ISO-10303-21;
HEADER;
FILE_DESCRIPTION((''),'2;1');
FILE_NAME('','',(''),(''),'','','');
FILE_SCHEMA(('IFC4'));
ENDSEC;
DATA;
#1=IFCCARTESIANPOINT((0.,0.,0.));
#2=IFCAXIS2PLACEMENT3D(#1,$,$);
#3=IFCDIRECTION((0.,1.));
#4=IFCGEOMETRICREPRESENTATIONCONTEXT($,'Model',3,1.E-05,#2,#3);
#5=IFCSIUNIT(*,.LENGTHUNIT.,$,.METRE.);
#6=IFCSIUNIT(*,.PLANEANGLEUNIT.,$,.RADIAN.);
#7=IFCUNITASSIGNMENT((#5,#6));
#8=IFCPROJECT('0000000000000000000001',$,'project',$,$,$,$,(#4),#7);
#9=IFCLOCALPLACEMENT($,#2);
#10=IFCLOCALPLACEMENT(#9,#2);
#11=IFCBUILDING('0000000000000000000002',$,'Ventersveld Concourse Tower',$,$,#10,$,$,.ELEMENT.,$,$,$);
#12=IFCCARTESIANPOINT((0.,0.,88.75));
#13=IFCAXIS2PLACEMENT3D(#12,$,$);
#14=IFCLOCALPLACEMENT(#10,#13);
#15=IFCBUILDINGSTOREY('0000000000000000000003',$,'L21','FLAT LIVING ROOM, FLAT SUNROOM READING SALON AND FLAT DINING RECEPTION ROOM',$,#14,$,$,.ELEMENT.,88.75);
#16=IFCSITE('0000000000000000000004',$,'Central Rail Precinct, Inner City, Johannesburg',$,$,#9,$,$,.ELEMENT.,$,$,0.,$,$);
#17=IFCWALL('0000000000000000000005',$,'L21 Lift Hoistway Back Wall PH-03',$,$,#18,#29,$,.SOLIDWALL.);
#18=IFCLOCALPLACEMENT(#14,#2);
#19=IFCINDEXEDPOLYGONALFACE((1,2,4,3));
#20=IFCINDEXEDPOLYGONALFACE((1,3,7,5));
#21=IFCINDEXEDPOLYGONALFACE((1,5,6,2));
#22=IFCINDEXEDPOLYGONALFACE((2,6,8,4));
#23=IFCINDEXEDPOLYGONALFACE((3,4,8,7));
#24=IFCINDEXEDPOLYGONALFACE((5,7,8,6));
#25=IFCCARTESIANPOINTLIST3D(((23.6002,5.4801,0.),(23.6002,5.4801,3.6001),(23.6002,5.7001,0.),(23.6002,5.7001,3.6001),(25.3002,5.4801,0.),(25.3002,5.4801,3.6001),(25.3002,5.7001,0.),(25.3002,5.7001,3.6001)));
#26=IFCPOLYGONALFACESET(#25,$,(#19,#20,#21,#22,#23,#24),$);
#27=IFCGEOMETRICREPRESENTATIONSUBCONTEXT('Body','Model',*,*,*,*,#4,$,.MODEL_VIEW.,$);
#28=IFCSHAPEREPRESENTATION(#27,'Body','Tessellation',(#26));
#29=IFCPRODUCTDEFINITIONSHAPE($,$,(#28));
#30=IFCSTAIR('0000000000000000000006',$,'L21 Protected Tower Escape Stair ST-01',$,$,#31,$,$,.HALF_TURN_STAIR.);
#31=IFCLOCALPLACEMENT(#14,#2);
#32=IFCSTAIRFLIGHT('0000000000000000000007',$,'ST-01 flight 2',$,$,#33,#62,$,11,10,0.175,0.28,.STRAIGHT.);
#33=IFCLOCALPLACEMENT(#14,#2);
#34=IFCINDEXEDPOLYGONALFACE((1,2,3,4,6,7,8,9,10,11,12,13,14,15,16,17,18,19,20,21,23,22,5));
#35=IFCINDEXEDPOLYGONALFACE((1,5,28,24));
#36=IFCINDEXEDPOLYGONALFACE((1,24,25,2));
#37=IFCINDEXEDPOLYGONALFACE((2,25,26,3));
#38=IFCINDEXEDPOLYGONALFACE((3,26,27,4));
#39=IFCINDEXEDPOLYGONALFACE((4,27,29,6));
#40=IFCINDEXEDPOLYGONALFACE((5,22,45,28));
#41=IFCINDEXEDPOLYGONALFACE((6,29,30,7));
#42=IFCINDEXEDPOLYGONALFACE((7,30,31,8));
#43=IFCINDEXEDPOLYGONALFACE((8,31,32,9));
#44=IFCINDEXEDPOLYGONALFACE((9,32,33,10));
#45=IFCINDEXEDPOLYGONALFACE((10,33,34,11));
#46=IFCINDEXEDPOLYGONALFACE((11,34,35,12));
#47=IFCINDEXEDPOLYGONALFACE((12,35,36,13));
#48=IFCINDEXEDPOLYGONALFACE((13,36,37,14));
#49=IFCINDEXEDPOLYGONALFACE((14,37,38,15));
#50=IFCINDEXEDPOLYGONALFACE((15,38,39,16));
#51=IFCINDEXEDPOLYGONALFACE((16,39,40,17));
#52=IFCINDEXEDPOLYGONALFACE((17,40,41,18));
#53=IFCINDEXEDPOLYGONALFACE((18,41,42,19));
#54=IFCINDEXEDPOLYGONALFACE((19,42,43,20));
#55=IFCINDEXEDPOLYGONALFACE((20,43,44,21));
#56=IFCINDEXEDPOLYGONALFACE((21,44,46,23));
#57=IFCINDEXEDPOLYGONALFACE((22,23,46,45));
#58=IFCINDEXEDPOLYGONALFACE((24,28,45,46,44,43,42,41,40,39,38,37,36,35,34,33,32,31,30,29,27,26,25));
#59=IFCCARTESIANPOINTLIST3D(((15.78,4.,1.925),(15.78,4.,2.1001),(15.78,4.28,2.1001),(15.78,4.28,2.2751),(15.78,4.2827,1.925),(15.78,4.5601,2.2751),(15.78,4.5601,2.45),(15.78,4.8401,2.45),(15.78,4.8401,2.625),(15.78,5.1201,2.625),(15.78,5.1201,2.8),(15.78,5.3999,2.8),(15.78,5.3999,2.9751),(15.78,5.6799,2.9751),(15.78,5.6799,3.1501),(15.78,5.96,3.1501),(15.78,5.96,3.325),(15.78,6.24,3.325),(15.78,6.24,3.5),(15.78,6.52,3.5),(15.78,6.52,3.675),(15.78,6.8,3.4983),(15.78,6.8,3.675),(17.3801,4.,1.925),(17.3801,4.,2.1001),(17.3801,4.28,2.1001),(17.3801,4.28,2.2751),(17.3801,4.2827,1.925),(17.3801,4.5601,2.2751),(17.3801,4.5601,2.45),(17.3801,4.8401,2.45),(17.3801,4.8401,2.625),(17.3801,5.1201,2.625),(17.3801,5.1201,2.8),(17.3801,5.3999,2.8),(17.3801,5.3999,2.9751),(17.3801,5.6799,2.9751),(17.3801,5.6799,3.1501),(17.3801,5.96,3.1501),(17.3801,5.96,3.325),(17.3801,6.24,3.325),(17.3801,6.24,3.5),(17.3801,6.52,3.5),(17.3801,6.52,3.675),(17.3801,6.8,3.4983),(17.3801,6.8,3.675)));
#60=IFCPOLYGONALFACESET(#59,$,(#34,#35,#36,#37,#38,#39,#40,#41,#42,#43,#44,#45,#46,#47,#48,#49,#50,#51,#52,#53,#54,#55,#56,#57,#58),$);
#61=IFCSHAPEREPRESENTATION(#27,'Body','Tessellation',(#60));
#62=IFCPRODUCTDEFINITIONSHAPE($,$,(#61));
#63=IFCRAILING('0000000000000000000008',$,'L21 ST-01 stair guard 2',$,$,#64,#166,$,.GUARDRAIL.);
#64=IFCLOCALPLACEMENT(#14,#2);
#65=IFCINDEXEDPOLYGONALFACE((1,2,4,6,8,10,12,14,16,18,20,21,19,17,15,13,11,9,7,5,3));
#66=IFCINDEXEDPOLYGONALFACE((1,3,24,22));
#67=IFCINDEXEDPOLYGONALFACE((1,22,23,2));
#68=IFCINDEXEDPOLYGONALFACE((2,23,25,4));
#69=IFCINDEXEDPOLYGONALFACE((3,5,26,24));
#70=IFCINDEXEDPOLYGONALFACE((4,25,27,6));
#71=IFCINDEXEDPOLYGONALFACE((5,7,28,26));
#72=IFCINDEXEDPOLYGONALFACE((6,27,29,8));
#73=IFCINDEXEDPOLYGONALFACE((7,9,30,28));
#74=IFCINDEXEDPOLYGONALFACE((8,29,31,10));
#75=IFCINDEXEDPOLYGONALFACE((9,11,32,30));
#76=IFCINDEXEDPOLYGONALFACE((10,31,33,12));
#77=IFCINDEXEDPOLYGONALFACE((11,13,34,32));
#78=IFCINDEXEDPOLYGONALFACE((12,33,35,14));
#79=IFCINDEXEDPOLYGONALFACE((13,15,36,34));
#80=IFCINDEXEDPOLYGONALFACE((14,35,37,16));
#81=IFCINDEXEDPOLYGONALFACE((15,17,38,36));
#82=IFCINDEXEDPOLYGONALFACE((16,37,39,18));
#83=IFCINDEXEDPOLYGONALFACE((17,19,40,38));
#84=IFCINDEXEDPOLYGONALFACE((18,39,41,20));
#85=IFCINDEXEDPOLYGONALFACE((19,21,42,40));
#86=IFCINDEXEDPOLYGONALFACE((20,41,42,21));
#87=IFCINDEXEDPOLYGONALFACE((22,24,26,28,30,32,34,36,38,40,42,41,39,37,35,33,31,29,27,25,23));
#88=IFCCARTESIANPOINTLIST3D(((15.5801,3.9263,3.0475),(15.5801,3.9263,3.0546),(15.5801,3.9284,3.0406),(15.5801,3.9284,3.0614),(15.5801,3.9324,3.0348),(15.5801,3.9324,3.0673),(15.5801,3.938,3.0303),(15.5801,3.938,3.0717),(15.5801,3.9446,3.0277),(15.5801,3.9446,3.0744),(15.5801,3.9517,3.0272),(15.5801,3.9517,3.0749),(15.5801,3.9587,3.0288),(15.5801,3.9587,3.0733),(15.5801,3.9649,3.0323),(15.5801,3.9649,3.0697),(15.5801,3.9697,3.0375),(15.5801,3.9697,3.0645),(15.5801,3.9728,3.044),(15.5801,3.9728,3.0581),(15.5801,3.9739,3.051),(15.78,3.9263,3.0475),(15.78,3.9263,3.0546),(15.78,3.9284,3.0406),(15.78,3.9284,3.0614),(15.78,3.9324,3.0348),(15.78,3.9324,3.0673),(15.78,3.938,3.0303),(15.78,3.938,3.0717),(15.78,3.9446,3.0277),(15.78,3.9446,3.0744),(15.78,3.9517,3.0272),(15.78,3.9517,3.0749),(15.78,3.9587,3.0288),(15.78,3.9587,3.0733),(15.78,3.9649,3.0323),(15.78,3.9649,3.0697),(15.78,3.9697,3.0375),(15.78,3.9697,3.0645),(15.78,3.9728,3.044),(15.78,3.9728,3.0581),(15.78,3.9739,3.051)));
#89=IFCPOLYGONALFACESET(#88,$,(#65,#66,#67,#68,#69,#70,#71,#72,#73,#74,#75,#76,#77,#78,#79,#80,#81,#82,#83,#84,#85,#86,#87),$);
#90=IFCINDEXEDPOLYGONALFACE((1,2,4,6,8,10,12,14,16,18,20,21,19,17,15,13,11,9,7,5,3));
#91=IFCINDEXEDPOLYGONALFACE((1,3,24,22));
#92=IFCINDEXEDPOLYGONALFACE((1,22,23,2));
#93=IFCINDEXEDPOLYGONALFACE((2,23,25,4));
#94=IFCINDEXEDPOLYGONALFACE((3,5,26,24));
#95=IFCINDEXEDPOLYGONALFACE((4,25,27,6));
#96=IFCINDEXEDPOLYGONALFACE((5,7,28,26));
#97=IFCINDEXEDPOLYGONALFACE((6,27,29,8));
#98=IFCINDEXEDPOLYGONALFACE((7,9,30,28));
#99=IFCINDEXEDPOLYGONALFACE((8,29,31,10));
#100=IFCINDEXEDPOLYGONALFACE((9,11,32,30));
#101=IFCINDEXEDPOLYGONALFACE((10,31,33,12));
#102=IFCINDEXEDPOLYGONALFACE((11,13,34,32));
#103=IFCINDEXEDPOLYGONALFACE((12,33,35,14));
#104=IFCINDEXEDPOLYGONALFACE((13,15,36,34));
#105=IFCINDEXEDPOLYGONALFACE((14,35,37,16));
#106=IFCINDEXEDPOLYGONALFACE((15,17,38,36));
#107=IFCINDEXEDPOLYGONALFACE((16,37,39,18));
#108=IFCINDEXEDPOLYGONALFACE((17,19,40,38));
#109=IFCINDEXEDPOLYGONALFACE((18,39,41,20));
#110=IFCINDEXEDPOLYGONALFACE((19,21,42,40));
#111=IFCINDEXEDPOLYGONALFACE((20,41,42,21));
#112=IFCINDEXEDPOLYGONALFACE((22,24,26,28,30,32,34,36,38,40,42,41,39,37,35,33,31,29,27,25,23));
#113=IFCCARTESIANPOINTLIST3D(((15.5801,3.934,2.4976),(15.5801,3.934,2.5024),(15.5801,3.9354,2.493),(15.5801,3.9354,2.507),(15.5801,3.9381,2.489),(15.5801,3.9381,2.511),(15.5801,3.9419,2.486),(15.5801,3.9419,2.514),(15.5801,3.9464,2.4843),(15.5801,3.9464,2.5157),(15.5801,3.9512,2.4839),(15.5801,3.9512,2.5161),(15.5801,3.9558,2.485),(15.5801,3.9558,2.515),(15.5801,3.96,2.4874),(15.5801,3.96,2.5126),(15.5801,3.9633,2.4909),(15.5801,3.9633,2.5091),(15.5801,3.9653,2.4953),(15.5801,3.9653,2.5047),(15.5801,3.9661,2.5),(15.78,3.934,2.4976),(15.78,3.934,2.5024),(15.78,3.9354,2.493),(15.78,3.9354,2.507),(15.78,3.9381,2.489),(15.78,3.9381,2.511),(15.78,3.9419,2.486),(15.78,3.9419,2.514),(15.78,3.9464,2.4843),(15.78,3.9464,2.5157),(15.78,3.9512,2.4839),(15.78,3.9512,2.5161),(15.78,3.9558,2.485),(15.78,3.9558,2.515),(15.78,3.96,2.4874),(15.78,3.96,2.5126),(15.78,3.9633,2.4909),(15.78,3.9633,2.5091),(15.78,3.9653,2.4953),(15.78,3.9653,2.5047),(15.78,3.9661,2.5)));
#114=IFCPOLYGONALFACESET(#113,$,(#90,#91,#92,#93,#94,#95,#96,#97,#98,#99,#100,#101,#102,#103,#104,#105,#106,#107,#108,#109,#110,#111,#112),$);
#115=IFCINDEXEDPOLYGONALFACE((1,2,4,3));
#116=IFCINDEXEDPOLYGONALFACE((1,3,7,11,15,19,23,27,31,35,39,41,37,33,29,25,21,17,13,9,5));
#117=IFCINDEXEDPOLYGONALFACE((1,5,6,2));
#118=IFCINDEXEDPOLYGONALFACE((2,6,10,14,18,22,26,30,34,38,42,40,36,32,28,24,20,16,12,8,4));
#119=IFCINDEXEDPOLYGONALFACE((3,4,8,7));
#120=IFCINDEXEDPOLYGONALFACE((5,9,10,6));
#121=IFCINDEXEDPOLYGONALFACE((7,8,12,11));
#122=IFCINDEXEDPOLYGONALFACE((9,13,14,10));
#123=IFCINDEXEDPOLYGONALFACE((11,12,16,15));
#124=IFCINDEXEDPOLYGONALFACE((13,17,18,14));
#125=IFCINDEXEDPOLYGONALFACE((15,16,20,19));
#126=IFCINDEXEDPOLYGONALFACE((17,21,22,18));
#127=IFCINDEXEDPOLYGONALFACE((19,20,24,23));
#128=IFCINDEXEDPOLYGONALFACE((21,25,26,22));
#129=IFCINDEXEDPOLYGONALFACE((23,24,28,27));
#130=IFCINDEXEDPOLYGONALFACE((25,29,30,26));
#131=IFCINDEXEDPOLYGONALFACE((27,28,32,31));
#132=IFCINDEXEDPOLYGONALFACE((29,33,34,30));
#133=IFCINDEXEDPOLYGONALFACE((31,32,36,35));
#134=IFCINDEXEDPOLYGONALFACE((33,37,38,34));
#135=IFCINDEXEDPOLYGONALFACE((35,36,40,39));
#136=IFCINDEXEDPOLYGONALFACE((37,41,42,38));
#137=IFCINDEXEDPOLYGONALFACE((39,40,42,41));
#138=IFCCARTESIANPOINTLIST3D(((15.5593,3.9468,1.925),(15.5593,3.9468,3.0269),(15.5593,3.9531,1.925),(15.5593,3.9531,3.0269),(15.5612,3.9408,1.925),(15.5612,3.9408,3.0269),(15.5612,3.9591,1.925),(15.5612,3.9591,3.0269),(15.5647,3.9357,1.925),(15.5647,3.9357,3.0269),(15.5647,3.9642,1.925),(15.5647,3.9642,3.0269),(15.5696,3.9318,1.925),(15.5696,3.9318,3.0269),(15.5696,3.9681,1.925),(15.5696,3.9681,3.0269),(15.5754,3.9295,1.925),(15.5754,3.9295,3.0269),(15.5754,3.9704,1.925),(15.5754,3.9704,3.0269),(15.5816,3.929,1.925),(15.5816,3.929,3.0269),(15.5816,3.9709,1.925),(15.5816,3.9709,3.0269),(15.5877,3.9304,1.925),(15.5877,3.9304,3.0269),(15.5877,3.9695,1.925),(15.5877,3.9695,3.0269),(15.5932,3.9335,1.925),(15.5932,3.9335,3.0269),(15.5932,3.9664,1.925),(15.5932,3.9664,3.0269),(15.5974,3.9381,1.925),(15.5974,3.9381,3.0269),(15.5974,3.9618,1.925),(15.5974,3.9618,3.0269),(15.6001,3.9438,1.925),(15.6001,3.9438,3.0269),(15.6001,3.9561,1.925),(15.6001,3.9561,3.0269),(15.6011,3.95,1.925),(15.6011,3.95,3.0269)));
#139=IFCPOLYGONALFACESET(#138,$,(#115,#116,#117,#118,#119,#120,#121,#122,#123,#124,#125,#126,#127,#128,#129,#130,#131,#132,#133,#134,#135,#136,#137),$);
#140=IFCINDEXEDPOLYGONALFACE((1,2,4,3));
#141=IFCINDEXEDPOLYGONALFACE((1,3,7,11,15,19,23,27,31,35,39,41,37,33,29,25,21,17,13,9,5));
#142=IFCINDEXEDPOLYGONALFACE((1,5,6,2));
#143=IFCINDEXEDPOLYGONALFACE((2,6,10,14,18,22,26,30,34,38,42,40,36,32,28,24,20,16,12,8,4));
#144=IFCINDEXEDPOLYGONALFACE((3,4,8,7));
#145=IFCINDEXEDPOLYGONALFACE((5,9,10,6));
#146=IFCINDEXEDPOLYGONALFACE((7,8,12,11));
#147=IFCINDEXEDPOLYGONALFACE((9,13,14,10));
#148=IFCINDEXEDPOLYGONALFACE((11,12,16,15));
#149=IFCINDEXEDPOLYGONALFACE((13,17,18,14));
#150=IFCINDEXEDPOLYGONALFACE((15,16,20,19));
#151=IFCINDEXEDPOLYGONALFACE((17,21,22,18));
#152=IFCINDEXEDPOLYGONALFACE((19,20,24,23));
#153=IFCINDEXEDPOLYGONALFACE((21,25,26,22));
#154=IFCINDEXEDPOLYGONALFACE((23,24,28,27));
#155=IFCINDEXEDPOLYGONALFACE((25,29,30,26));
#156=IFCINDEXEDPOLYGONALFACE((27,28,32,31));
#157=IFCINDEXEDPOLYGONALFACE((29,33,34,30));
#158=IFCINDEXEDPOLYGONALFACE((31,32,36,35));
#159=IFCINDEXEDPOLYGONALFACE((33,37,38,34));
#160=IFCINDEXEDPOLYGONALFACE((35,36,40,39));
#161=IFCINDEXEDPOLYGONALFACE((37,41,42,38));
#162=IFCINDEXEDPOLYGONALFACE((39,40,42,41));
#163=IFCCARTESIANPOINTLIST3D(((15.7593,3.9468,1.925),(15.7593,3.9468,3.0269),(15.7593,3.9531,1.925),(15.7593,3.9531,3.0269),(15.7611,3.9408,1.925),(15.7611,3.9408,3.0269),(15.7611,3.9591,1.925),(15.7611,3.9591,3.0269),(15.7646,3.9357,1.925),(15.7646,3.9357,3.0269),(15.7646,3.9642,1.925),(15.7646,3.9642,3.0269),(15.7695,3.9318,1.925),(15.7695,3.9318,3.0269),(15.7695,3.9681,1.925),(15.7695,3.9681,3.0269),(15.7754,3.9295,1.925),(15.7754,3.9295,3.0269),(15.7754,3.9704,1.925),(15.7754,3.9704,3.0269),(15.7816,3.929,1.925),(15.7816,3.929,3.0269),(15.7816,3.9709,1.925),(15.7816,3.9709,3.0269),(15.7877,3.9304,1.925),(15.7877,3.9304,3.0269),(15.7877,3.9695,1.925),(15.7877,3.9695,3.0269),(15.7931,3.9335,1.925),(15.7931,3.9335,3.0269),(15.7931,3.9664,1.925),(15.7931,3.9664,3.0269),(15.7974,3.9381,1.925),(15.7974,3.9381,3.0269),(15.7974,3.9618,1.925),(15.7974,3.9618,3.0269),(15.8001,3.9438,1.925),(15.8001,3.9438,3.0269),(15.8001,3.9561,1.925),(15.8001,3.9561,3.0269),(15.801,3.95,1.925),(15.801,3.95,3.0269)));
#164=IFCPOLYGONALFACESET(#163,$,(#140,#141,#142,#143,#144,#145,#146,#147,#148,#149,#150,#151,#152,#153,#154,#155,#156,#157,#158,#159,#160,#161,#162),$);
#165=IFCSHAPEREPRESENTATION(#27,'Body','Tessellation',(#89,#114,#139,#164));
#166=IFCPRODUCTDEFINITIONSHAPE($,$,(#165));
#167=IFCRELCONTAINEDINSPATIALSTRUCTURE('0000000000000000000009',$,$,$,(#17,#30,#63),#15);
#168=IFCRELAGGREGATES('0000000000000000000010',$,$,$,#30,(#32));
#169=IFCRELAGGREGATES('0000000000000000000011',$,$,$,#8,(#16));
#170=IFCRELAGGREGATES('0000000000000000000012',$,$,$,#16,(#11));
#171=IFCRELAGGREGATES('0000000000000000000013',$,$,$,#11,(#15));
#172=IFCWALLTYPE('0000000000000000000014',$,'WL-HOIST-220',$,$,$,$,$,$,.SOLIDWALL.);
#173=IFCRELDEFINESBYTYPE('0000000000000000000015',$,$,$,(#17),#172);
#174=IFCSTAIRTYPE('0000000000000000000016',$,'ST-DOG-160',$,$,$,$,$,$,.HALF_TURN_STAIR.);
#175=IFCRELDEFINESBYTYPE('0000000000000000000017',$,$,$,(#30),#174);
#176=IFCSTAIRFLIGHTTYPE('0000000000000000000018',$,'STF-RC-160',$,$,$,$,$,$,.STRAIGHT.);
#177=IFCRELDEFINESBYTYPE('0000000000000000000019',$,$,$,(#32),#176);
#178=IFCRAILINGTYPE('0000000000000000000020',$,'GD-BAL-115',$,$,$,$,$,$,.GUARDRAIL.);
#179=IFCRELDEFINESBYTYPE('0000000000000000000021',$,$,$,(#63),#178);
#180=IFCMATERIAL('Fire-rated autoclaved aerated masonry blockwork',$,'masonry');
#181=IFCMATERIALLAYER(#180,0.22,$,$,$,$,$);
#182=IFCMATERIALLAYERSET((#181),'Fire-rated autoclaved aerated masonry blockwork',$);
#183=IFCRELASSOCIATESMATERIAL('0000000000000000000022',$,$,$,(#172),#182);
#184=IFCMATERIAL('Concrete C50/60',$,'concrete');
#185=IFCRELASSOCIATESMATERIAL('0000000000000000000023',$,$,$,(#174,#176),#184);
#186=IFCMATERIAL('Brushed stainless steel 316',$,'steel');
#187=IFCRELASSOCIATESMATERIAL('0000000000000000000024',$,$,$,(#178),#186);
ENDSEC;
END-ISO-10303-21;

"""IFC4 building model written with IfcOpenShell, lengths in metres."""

from ifc_helpers import new_model, si_unit, direction, frame, frame_2d, origin, origin_2d, place, context, subcontext, project, spatial, polyline, rectangle, circle, outline, extrude, material, layer, layer_set, type_object, element, aggregate, save


model = new_model("IFC4")

# Units and contexts
model_context = context("Model", 3, precision=1e-05, world=origin(), true_north=direction((0.0, 1.0)))
body_context = subcontext(model_context, "Body", "Model", "MODEL_VIEW")
ifc_project = project(units=[si_unit("LENGTHUNIT", "METRE"), si_unit("PLANEANGLEUNIT", "RADIAN")], contexts=[model_context])

# Site, building, storey
site_placement = place(None, origin())
site = spatial("IfcSite", under=ifc_project, at=site_placement, Name="Central Rail Precinct, Inner City, Johannesburg", CompositionType="ELEMENT", RefElevation=0.0)
building_placement = place(site_placement, origin())
building = spatial("IfcBuilding", under=site, at=building_placement, Name="Ventersveld Concourse Tower", CompositionType="ELEMENT")
storey_placement = place(building_placement, frame((0.0, 0.0, 88.75)))
storey = spatial("IfcBuildingStorey", under=building, at=storey_placement, Name="L21", Description="FLAT LIVING ROOM, FLAT SUNROOM READING SALON AND FLAT DINING RECEPTION ROOM", CompositionType="ELEMENT", Elevation=88.75)

# Shared definitions
ifc_material_1 = material(Name="Concrete C50/60", Category="concrete")

# Shared definitions
ifc_material_2 = material(Name="Fire-rated autoclaved aerated masonry blockwork", Category="masonry")
ifc_layer_1 = layer(ifc_material_2, 0.22)
ifc_layer_set_1 = layer_set([ifc_layer_1], Name="Fire-rated autoclaved aerated masonry blockwork")
wall_type_1 = type_object("IfcWallType", Name="WL-HOIST-220", PredefinedType="SOLIDWALL", material=ifc_layer_set_1)

# Shared definitions
ifc_material_3 = material(Name="Brushed stainless steel 316", Category="steel")

# Wall
for number, where, z_axis, x_axis, name in (
    (1, (23.6001, 5.5901, 0.0), (0.0, 0.0, 1.0), (1.0, 0.0, 0.0), "L21 Lift Hoistway Back Wall PH-03"),
):
    element("IfcWall", number, at=place(storey_placement, frame(where, z_axis=z_axis, x_axis=x_axis)), inside=storey, type_object=wall_type_1, Name=name, PredefinedType="SOLIDWALL", context=body_context, shape_type="SweptSolid", body=[
        extrude(rectangle(XDim=1.7, YDim=0.22, at=frame_2d((0.8501, 0.0))), origin(), (0.0, 0.0, 1.0), 3.6001),
    ])

# Stair, stair flight
stair_type = type_object("IfcStairType", Name="ST-DOG-160", PredefinedType="HALF_TURN_STAIR", material=ifc_material_1)
stair_placement = place(storey_placement, origin())
stair = element("IfcStair", 2, at=stair_placement, inside=storey, type_object=stair_type, Name="L21 Protected Tower Escape Stair ST-01", PredefinedType="HALF_TURN_STAIR")
stair_flight_type = type_object("IfcStairFlightType", Name="STF-RC-160", PredefinedType="STRAIGHT", material=ifc_material_1)
stair_flight_placement = place(storey_placement, frame((16.5801, 4.0, 1.925), z_axis=(0.0, 0.0, 1.0), x_axis=(0.0, 1.0, 0.0)))
stair_flight = element("IfcStairFlight", 3, at=stair_flight_placement, type_object=stair_flight_type, Name="ST-01 flight 2", NumberOfRisers=11, NumberOfTreads=10, PredefinedType="STRAIGHT", RiserHeight=0.175, TreadLength=0.28, context=body_context, shape_type="SweptSolid", body=[
    extrude(outline(polyline([(0.0, 0.0), (0.0, 0.175), (0.28, 0.175), (0.28, 0.3501), (0.5601, 0.3501), (0.5601, 0.5249), (0.8401, 0.5249), (0.8401, 0.7), (1.1201, 0.7), (1.1201, 0.875), (1.3999, 0.875), (1.3999, 1.05), (1.6799, 1.05), (1.6799, 1.2251), (1.96, 1.2251), (1.96, 1.3999), (2.24, 1.3999), (2.24, 1.575), (2.52, 1.575), (2.52, 1.75), (2.8, 1.75), (2.8, 1.925), (2.8, 1.5732), (0.2827, 0.0), (0.0, 0.0)])), frame((0.0, 0.8, 0.0), z_axis=(0.0, -1.0, 0.0), x_axis=(1.0, 0.0, 0.0)), (0.0, 0.0, 1.0), 1.6001),
])
aggregate(stair, [stair_flight])

# Railing
railing_type_1 = type_object("IfcRailingType", Name="GD-BAL-115", PredefinedType="GUARDRAIL", material=ifc_material_3)
railing_1_placement = place(storey_placement, frame((15.5801, 3.95, 1.925)))
element("IfcRailing", 4, at=railing_1_placement, inside=storey, type_object=railing_type_1, Name="L21 ST-01 stair guard 2", PredefinedType="GUARDRAIL", context=body_context, shape_type="SweptSolid", body=[
    extrude(circle(Radius=0.0239, at=origin_2d()), frame((0.0, 0.0, 1.126), z_axis=(1.0, 0.0, 0.0), x_axis=(0.0, 1.0, 0.0)), (0.0, 0.0, 1.0), 0.2),
    extrude(circle(Radius=0.0161, at=origin_2d()), frame((0.0, 0.0, 0.575), z_axis=(1.0, 0.0, 0.0), x_axis=(0.0, 1.0, 0.0)), (0.0, 0.0, 1.0), 0.2),
    extrude(circle(Radius=0.021, at=origin_2d()), origin(), (0.0, 0.0, 1.0), 1.1018),
    extrude(circle(Radius=0.021, at=origin_2d()), frame((0.2, 0.0, 0.0)), (0.0, 0.0, 1.0), 1.1018),
])

save(model, "model.ifc")
